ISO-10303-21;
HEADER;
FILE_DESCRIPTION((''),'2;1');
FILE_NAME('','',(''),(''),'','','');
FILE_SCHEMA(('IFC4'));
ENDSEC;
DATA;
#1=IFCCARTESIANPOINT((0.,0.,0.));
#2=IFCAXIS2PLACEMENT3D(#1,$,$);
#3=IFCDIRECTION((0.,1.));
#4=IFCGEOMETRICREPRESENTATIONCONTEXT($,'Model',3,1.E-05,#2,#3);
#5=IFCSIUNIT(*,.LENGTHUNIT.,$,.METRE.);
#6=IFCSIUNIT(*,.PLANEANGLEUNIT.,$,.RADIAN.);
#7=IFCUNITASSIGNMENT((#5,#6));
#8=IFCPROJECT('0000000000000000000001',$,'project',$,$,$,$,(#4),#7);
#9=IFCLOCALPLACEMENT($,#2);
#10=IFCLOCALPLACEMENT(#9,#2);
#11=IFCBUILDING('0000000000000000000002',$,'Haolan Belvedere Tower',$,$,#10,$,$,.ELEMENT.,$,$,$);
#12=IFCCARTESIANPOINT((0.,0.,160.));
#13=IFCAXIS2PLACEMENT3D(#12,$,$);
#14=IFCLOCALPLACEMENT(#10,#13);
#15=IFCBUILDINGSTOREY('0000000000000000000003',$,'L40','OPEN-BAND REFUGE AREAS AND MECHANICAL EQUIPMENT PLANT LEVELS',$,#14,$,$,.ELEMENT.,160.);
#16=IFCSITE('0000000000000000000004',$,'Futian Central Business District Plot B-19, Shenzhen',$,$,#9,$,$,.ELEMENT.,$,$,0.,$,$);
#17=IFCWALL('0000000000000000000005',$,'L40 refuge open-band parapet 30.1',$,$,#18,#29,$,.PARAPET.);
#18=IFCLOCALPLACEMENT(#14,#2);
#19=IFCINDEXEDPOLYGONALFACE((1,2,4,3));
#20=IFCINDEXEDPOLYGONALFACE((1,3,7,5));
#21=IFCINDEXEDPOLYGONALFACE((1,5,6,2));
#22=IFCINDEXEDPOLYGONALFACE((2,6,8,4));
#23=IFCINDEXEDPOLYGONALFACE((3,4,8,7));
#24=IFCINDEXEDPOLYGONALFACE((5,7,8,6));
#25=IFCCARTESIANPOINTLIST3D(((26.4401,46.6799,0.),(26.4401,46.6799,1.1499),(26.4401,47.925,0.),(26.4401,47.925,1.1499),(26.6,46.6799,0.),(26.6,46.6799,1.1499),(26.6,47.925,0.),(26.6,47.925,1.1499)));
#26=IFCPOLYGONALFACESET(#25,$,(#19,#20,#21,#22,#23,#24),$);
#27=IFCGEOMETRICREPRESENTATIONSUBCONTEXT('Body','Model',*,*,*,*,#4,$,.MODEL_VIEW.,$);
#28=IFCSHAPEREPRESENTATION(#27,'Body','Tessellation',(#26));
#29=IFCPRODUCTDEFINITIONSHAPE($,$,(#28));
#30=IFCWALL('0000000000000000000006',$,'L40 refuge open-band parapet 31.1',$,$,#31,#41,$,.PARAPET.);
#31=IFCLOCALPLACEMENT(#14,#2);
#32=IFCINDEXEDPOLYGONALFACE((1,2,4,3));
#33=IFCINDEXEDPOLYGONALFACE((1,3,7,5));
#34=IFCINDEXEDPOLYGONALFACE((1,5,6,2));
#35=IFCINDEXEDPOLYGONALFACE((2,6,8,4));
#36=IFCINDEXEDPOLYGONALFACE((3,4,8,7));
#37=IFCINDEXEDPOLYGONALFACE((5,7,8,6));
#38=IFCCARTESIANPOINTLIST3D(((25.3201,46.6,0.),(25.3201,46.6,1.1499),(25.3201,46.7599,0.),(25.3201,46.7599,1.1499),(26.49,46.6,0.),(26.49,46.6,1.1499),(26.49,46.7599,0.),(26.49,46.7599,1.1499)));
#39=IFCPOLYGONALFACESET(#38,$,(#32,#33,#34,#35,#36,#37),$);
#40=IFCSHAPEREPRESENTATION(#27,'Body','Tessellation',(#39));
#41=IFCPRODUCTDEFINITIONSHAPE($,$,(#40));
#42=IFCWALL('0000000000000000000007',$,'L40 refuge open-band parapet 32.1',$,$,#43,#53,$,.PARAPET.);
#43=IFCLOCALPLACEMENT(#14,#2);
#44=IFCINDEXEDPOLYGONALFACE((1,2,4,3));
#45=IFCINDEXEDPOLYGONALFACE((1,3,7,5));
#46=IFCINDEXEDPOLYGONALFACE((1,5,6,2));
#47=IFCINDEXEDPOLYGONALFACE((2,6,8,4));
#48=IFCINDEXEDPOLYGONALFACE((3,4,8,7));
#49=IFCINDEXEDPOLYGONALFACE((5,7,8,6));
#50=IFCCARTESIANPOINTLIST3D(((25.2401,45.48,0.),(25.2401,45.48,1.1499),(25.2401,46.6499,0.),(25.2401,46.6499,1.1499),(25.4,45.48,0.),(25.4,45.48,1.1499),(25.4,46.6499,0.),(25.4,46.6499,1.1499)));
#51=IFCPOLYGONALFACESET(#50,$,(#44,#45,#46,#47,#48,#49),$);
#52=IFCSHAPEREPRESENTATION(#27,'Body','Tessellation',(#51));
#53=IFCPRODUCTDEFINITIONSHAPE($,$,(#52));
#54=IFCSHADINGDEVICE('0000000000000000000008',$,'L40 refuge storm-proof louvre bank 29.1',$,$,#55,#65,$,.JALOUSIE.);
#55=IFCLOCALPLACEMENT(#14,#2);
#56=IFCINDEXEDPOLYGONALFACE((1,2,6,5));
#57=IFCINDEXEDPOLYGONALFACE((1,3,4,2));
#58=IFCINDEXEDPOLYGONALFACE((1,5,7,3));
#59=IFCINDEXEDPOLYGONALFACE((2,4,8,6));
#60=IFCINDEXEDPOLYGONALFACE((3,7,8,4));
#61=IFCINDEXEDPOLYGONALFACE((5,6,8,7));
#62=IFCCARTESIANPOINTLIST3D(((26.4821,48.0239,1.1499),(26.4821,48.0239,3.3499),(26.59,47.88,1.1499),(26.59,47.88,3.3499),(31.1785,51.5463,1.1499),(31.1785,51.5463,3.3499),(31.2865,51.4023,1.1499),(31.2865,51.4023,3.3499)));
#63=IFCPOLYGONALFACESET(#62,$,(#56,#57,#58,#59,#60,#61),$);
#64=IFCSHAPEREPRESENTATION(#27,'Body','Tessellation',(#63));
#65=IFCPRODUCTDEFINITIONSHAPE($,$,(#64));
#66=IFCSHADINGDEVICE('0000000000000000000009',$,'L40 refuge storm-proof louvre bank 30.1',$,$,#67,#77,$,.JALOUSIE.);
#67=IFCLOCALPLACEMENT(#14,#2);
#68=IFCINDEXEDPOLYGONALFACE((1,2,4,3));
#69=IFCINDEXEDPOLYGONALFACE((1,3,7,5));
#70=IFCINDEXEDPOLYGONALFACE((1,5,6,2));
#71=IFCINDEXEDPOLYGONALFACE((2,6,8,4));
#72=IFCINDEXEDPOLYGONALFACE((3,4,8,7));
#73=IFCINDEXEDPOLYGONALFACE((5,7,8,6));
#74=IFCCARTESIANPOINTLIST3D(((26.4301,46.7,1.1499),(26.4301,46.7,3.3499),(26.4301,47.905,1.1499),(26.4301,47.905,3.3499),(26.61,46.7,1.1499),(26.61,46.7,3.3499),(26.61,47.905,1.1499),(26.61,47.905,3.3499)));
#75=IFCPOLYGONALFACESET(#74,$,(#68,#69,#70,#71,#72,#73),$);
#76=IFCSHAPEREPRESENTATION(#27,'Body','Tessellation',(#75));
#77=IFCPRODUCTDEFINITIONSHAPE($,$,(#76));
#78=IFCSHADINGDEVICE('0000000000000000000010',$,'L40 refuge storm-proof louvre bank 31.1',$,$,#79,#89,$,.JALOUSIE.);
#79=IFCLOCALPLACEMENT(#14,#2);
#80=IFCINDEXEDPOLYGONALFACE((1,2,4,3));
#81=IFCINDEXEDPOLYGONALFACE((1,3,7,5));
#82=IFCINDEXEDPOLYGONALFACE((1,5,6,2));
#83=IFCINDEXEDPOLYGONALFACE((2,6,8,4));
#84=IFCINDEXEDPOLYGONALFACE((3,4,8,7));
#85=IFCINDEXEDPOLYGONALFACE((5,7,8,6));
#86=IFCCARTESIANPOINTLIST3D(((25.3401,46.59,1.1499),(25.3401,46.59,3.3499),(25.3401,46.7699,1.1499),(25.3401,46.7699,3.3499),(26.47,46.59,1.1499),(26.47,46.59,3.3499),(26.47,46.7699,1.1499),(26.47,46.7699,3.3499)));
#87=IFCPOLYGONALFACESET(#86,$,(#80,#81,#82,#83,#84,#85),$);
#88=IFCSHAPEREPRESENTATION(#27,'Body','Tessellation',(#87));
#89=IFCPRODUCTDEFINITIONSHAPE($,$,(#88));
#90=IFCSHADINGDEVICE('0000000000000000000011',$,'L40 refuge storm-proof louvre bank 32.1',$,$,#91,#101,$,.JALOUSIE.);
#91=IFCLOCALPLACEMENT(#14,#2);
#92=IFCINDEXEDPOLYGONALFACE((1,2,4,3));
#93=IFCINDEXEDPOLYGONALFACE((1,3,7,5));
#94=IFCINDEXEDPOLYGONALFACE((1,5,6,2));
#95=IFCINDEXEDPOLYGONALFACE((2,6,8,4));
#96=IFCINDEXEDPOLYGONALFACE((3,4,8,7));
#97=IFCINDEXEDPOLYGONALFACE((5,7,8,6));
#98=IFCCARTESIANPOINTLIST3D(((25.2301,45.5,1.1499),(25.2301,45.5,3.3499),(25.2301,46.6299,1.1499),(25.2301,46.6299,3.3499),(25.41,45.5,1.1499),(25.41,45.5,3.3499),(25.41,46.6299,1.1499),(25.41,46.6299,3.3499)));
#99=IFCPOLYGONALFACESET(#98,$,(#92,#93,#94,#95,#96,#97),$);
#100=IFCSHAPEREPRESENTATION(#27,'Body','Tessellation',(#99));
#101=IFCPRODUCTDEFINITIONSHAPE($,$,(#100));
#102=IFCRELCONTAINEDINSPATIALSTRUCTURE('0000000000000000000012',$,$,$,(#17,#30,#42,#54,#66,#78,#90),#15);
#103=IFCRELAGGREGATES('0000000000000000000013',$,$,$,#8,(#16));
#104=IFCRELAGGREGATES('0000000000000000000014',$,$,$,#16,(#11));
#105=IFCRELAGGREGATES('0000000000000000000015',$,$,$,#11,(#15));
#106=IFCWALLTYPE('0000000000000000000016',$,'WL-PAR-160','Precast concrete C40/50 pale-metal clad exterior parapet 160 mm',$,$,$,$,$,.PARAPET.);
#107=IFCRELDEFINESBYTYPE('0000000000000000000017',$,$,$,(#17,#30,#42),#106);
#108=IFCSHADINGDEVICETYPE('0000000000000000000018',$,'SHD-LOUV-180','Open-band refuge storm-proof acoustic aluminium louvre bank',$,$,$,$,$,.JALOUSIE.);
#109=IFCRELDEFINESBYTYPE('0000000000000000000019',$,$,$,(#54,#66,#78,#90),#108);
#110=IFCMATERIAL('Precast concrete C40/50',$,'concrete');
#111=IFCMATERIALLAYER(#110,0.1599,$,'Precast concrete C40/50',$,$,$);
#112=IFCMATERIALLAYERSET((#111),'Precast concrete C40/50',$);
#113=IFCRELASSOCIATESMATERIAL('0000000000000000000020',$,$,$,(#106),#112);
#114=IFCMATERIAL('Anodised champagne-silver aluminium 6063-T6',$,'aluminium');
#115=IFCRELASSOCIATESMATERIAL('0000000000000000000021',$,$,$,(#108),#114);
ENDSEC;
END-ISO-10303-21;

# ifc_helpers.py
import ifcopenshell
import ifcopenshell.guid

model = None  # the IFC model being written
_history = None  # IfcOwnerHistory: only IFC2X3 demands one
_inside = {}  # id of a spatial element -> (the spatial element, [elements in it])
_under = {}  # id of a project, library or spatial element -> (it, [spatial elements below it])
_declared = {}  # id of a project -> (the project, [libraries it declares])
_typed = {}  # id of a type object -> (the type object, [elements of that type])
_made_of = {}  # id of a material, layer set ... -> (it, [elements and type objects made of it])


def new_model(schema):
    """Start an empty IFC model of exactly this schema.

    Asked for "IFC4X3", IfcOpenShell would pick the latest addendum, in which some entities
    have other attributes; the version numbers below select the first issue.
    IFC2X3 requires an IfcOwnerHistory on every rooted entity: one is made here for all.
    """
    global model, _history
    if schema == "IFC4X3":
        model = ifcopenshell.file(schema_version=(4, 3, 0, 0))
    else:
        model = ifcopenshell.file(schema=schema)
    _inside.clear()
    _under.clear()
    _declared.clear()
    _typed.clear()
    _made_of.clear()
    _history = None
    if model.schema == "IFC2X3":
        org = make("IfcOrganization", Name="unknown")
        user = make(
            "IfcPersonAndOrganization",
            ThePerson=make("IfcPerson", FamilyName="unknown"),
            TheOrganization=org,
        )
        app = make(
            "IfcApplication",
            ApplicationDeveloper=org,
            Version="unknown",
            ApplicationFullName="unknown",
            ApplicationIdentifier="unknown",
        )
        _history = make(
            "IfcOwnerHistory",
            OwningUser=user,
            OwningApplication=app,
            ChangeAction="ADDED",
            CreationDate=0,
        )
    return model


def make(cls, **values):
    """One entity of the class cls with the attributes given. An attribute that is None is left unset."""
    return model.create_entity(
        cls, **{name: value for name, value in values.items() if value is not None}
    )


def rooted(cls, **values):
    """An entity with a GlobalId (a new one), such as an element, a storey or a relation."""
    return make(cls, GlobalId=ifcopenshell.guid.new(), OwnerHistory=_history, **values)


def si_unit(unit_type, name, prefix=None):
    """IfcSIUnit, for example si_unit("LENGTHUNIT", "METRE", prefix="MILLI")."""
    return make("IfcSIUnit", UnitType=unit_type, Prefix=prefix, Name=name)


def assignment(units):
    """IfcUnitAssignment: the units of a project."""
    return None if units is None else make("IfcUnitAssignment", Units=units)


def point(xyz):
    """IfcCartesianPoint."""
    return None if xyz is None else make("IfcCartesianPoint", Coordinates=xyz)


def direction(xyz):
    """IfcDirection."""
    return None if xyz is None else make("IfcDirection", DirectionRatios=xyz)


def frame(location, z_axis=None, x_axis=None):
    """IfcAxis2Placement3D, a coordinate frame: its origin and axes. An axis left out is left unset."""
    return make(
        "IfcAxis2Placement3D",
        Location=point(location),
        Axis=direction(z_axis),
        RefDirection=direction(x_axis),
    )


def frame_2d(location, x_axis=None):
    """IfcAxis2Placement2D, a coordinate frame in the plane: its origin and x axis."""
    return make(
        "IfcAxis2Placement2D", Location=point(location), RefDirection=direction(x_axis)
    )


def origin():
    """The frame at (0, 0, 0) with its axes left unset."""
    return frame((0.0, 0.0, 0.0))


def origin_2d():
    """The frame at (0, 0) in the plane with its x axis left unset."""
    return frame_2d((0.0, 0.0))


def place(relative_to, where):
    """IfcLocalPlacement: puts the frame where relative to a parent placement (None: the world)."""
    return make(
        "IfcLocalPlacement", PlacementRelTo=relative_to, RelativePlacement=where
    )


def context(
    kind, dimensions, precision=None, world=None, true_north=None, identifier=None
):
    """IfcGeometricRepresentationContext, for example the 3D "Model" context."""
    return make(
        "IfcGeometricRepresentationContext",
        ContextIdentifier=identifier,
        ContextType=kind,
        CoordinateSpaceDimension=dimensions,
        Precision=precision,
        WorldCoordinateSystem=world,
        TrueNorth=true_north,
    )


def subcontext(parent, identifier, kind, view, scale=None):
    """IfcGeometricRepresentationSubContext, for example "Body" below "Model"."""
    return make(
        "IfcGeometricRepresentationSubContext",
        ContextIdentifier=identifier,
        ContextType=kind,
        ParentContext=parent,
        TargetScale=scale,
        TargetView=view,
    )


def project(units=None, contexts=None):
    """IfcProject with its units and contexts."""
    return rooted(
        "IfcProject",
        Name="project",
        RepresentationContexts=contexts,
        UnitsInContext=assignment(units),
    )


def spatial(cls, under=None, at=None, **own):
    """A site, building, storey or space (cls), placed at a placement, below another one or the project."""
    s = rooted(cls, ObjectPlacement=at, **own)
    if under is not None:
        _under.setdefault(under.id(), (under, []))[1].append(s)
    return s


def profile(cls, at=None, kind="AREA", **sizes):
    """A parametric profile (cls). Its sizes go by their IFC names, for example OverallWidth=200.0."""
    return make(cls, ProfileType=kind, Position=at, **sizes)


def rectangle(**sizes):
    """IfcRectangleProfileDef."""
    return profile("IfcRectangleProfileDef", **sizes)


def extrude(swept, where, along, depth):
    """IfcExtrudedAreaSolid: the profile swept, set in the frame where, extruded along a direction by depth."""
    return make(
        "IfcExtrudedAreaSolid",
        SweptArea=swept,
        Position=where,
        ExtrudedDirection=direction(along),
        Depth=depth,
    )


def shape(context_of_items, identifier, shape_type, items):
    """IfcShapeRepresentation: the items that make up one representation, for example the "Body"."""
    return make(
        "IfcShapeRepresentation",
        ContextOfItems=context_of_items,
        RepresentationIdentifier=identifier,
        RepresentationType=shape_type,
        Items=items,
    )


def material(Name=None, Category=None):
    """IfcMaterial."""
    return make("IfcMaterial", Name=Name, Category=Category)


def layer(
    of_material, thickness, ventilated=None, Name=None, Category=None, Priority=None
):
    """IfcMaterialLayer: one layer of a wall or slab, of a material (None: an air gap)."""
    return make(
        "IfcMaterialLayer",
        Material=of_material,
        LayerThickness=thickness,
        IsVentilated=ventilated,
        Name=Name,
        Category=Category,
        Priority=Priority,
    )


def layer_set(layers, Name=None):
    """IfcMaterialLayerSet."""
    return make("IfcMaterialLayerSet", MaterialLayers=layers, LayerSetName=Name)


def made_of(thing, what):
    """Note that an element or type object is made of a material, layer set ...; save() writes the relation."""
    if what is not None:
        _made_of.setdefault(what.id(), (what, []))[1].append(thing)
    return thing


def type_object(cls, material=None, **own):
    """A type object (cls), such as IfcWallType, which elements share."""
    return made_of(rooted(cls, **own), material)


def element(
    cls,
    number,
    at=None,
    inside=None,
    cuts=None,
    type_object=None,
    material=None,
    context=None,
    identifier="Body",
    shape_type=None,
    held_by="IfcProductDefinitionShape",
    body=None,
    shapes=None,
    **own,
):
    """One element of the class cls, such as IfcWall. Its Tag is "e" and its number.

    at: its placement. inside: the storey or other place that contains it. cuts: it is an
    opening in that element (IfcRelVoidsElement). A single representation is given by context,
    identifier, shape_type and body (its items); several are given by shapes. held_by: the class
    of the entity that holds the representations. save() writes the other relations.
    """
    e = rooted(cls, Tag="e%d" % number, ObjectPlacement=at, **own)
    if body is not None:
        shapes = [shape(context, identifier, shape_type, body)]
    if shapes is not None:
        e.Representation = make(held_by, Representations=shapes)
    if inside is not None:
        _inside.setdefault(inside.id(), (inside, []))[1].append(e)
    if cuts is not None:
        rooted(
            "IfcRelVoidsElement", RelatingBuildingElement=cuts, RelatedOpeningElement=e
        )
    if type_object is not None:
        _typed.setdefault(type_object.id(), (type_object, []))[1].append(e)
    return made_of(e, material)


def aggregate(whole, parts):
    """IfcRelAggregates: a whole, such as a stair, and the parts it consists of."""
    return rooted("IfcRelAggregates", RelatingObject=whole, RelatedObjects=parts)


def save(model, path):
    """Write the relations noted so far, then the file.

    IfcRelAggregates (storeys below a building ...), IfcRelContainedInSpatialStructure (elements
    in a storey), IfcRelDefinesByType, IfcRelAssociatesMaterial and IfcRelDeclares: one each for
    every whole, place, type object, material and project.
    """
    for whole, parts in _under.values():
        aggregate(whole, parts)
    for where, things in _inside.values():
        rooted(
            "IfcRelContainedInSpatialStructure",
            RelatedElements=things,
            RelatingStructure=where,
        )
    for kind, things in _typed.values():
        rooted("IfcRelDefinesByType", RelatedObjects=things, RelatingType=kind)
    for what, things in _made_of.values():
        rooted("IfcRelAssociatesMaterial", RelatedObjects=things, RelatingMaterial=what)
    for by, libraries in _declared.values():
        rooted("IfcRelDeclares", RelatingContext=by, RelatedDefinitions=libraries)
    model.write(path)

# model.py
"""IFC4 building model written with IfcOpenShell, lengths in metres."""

from ifc_helpers import new_model, si_unit, direction, frame, frame_2d, origin, origin_2d, place, context, subcontext, project, spatial, rectangle, extrude, material, layer, layer_set, type_object, element, save


model = new_model("IFC4")

# Units and contexts
model_context = context("Model", 3, precision=1e-05, world=origin(), true_north=direction((0.0, 1.0)))
body_context = subcontext(model_context, "Body", "Model", "MODEL_VIEW")
ifc_project = project(units=[si_unit("LENGTHUNIT", "METRE"), si_unit("PLANEANGLEUNIT", "RADIAN")], contexts=[model_context])

# Site, building, storey
site_placement = place(None, origin())
site = spatial("IfcSite", under=ifc_project, at=site_placement, Name="Futian Central Business District Plot B-19, Shenzhen", CompositionType="ELEMENT", RefElevation=0.0)
building_placement = place(site_placement, origin())
building = spatial("IfcBuilding", under=site, at=building_placement, Name="Haolan Belvedere Tower", CompositionType="ELEMENT")
storey_placement = place(building_placement, frame((0.0, 0.0, 160.0)))
storey = spatial("IfcBuildingStorey", under=building, at=storey_placement, Name="L40", Description="OPEN-BAND REFUGE AREAS AND MECHANICAL EQUIPMENT PLANT LEVELS", CompositionType="ELEMENT", Elevation=160.0)

# Walls
ifc_material_1 = material(Name="Precast concrete C40/50", Category="concrete")
ifc_layer_1 = layer(ifc_material_1, 0.1599, Name="Precast concrete C40/50")
ifc_layer_set_1 = layer_set([ifc_layer_1], Name="Precast concrete C40/50")
wall_type_1 = type_object("IfcWallType", Name="WL-PAR-160", Description="Precast concrete C40/50 pale-metal clad exterior parapet 160 mm", PredefinedType="PARAPET", material=ifc_layer_set_1)
wall_1_placement = place(storey_placement, frame((26.52, 47.925, 0.0), z_axis=(0.0, 0.0, 1.0), x_axis=(0.0, -1.0, 0.0)))
element("IfcWall", 1, at=wall_1_placement, inside=storey, type_object=wall_type_1, Name="L40 refuge open-band parapet 30.1", PredefinedType="PARAPET", context=body_context, shape_type="SweptSolid", body=[
    extrude(rectangle(XDim=1.2451, YDim=0.1599, at=frame_2d((0.6226, 0.0))), origin(), (0.0, 0.0, 1.0), 1.1499),
])
for number, where, z_axis, x_axis, name in (
    (2, (26.49, 46.6799, 0.0), (0.0, 0.0, 1.0), (-1.0, 0.0, 0.0), "L40 refuge open-band parapet 31.1"),
    (3, (25.3201, 46.6499, 0.0), (0.0, 0.0, 1.0), (0.0, -1.0, 0.0), "L40 refuge open-band parapet 32.1"),
):
    element("IfcWall", number, at=place(storey_placement, frame(where, z_axis=z_axis, x_axis=x_axis)), inside=storey, type_object=wall_type_1, Name=name, PredefinedType="PARAPET", context=body_context, shape_type="SweptSolid", body=[
        extrude(rectangle(XDim=1.1699, YDim=0.1599, at=frame_2d((0.585, 0.0))), origin(), (0.0, 0.0, 1.0), 1.1499),
    ])

# Shading devices
ifc_material_2 = material(Name="Anodised champagne-silver aluminium 6063-T6", Category="aluminium")
shading_device_type = type_object("IfcShadingDeviceType", Name="SHD-LOUV-180", Description="Open-band refuge storm-proof acoustic aluminium louvre bank", PredefinedType="JALOUSIE", material=ifc_material_2)
shading_device_1_placement = place(storey_placement, frame((28.8843, 49.7131, 1.1499), z_axis=(0.0, 0.0, 1.0), x_axis=(-0.799999, -0.600001, 0.0)))
element("IfcShadingDevice", 4, at=shading_device_1_placement, inside=storey, type_object=shading_device_type, Name="L40 refuge storm-proof louvre bank 29.1", PredefinedType="JALOUSIE", context=body_context, shape_type="SweptSolid", body=[
    extrude(rectangle(XDim=5.8706, YDim=0.1799, at=origin_2d()), origin(), (0.0, 0.0, 1.0), 2.2),
])
shading_device_2_placement = place(storey_placement, frame((26.52, 47.3025, 1.1499), z_axis=(0.0, 0.0, 1.0), x_axis=(0.0, -1.0, 0.0)))
element("IfcShadingDevice", 5, at=shading_device_2_placement, inside=storey, type_object=shading_device_type, Name="L40 refuge storm-proof louvre bank 30.1", PredefinedType="JALOUSIE", context=body_context, shape_type="SweptSolid", body=[
    extrude(rectangle(XDim=1.2051, YDim=0.1799, at=origin_2d()), origin(), (0.0, 0.0, 1.0), 2.2),
])
for number, where, z_axis, x_axis, name in (
    (6, (25.905, 46.6799, 1.1499), (0.0, 0.0, 1.0), (-1.0, 0.0, 0.0), "L40 refuge storm-proof louvre bank 31.1"),
    (7, (25.3201, 46.0649, 1.1499), (0.0, 0.0, 1.0), (0.0, -1.0, 0.0), "L40 refuge storm-proof louvre bank 32.1"),
):
    element("IfcShadingDevice", number, at=place(storey_placement, frame(where, z_axis=z_axis, x_axis=x_axis)), inside=storey, type_object=shading_device_type, Name=name, PredefinedType="JALOUSIE", context=body_context, shape_type="SweptSolid", body=[
        extrude(rectangle(XDim=1.1299, YDim=0.1799, at=origin_2d()), origin(), (0.0, 0.0, 1.0), 2.2),
    ])

save(model, "model.ifc")
